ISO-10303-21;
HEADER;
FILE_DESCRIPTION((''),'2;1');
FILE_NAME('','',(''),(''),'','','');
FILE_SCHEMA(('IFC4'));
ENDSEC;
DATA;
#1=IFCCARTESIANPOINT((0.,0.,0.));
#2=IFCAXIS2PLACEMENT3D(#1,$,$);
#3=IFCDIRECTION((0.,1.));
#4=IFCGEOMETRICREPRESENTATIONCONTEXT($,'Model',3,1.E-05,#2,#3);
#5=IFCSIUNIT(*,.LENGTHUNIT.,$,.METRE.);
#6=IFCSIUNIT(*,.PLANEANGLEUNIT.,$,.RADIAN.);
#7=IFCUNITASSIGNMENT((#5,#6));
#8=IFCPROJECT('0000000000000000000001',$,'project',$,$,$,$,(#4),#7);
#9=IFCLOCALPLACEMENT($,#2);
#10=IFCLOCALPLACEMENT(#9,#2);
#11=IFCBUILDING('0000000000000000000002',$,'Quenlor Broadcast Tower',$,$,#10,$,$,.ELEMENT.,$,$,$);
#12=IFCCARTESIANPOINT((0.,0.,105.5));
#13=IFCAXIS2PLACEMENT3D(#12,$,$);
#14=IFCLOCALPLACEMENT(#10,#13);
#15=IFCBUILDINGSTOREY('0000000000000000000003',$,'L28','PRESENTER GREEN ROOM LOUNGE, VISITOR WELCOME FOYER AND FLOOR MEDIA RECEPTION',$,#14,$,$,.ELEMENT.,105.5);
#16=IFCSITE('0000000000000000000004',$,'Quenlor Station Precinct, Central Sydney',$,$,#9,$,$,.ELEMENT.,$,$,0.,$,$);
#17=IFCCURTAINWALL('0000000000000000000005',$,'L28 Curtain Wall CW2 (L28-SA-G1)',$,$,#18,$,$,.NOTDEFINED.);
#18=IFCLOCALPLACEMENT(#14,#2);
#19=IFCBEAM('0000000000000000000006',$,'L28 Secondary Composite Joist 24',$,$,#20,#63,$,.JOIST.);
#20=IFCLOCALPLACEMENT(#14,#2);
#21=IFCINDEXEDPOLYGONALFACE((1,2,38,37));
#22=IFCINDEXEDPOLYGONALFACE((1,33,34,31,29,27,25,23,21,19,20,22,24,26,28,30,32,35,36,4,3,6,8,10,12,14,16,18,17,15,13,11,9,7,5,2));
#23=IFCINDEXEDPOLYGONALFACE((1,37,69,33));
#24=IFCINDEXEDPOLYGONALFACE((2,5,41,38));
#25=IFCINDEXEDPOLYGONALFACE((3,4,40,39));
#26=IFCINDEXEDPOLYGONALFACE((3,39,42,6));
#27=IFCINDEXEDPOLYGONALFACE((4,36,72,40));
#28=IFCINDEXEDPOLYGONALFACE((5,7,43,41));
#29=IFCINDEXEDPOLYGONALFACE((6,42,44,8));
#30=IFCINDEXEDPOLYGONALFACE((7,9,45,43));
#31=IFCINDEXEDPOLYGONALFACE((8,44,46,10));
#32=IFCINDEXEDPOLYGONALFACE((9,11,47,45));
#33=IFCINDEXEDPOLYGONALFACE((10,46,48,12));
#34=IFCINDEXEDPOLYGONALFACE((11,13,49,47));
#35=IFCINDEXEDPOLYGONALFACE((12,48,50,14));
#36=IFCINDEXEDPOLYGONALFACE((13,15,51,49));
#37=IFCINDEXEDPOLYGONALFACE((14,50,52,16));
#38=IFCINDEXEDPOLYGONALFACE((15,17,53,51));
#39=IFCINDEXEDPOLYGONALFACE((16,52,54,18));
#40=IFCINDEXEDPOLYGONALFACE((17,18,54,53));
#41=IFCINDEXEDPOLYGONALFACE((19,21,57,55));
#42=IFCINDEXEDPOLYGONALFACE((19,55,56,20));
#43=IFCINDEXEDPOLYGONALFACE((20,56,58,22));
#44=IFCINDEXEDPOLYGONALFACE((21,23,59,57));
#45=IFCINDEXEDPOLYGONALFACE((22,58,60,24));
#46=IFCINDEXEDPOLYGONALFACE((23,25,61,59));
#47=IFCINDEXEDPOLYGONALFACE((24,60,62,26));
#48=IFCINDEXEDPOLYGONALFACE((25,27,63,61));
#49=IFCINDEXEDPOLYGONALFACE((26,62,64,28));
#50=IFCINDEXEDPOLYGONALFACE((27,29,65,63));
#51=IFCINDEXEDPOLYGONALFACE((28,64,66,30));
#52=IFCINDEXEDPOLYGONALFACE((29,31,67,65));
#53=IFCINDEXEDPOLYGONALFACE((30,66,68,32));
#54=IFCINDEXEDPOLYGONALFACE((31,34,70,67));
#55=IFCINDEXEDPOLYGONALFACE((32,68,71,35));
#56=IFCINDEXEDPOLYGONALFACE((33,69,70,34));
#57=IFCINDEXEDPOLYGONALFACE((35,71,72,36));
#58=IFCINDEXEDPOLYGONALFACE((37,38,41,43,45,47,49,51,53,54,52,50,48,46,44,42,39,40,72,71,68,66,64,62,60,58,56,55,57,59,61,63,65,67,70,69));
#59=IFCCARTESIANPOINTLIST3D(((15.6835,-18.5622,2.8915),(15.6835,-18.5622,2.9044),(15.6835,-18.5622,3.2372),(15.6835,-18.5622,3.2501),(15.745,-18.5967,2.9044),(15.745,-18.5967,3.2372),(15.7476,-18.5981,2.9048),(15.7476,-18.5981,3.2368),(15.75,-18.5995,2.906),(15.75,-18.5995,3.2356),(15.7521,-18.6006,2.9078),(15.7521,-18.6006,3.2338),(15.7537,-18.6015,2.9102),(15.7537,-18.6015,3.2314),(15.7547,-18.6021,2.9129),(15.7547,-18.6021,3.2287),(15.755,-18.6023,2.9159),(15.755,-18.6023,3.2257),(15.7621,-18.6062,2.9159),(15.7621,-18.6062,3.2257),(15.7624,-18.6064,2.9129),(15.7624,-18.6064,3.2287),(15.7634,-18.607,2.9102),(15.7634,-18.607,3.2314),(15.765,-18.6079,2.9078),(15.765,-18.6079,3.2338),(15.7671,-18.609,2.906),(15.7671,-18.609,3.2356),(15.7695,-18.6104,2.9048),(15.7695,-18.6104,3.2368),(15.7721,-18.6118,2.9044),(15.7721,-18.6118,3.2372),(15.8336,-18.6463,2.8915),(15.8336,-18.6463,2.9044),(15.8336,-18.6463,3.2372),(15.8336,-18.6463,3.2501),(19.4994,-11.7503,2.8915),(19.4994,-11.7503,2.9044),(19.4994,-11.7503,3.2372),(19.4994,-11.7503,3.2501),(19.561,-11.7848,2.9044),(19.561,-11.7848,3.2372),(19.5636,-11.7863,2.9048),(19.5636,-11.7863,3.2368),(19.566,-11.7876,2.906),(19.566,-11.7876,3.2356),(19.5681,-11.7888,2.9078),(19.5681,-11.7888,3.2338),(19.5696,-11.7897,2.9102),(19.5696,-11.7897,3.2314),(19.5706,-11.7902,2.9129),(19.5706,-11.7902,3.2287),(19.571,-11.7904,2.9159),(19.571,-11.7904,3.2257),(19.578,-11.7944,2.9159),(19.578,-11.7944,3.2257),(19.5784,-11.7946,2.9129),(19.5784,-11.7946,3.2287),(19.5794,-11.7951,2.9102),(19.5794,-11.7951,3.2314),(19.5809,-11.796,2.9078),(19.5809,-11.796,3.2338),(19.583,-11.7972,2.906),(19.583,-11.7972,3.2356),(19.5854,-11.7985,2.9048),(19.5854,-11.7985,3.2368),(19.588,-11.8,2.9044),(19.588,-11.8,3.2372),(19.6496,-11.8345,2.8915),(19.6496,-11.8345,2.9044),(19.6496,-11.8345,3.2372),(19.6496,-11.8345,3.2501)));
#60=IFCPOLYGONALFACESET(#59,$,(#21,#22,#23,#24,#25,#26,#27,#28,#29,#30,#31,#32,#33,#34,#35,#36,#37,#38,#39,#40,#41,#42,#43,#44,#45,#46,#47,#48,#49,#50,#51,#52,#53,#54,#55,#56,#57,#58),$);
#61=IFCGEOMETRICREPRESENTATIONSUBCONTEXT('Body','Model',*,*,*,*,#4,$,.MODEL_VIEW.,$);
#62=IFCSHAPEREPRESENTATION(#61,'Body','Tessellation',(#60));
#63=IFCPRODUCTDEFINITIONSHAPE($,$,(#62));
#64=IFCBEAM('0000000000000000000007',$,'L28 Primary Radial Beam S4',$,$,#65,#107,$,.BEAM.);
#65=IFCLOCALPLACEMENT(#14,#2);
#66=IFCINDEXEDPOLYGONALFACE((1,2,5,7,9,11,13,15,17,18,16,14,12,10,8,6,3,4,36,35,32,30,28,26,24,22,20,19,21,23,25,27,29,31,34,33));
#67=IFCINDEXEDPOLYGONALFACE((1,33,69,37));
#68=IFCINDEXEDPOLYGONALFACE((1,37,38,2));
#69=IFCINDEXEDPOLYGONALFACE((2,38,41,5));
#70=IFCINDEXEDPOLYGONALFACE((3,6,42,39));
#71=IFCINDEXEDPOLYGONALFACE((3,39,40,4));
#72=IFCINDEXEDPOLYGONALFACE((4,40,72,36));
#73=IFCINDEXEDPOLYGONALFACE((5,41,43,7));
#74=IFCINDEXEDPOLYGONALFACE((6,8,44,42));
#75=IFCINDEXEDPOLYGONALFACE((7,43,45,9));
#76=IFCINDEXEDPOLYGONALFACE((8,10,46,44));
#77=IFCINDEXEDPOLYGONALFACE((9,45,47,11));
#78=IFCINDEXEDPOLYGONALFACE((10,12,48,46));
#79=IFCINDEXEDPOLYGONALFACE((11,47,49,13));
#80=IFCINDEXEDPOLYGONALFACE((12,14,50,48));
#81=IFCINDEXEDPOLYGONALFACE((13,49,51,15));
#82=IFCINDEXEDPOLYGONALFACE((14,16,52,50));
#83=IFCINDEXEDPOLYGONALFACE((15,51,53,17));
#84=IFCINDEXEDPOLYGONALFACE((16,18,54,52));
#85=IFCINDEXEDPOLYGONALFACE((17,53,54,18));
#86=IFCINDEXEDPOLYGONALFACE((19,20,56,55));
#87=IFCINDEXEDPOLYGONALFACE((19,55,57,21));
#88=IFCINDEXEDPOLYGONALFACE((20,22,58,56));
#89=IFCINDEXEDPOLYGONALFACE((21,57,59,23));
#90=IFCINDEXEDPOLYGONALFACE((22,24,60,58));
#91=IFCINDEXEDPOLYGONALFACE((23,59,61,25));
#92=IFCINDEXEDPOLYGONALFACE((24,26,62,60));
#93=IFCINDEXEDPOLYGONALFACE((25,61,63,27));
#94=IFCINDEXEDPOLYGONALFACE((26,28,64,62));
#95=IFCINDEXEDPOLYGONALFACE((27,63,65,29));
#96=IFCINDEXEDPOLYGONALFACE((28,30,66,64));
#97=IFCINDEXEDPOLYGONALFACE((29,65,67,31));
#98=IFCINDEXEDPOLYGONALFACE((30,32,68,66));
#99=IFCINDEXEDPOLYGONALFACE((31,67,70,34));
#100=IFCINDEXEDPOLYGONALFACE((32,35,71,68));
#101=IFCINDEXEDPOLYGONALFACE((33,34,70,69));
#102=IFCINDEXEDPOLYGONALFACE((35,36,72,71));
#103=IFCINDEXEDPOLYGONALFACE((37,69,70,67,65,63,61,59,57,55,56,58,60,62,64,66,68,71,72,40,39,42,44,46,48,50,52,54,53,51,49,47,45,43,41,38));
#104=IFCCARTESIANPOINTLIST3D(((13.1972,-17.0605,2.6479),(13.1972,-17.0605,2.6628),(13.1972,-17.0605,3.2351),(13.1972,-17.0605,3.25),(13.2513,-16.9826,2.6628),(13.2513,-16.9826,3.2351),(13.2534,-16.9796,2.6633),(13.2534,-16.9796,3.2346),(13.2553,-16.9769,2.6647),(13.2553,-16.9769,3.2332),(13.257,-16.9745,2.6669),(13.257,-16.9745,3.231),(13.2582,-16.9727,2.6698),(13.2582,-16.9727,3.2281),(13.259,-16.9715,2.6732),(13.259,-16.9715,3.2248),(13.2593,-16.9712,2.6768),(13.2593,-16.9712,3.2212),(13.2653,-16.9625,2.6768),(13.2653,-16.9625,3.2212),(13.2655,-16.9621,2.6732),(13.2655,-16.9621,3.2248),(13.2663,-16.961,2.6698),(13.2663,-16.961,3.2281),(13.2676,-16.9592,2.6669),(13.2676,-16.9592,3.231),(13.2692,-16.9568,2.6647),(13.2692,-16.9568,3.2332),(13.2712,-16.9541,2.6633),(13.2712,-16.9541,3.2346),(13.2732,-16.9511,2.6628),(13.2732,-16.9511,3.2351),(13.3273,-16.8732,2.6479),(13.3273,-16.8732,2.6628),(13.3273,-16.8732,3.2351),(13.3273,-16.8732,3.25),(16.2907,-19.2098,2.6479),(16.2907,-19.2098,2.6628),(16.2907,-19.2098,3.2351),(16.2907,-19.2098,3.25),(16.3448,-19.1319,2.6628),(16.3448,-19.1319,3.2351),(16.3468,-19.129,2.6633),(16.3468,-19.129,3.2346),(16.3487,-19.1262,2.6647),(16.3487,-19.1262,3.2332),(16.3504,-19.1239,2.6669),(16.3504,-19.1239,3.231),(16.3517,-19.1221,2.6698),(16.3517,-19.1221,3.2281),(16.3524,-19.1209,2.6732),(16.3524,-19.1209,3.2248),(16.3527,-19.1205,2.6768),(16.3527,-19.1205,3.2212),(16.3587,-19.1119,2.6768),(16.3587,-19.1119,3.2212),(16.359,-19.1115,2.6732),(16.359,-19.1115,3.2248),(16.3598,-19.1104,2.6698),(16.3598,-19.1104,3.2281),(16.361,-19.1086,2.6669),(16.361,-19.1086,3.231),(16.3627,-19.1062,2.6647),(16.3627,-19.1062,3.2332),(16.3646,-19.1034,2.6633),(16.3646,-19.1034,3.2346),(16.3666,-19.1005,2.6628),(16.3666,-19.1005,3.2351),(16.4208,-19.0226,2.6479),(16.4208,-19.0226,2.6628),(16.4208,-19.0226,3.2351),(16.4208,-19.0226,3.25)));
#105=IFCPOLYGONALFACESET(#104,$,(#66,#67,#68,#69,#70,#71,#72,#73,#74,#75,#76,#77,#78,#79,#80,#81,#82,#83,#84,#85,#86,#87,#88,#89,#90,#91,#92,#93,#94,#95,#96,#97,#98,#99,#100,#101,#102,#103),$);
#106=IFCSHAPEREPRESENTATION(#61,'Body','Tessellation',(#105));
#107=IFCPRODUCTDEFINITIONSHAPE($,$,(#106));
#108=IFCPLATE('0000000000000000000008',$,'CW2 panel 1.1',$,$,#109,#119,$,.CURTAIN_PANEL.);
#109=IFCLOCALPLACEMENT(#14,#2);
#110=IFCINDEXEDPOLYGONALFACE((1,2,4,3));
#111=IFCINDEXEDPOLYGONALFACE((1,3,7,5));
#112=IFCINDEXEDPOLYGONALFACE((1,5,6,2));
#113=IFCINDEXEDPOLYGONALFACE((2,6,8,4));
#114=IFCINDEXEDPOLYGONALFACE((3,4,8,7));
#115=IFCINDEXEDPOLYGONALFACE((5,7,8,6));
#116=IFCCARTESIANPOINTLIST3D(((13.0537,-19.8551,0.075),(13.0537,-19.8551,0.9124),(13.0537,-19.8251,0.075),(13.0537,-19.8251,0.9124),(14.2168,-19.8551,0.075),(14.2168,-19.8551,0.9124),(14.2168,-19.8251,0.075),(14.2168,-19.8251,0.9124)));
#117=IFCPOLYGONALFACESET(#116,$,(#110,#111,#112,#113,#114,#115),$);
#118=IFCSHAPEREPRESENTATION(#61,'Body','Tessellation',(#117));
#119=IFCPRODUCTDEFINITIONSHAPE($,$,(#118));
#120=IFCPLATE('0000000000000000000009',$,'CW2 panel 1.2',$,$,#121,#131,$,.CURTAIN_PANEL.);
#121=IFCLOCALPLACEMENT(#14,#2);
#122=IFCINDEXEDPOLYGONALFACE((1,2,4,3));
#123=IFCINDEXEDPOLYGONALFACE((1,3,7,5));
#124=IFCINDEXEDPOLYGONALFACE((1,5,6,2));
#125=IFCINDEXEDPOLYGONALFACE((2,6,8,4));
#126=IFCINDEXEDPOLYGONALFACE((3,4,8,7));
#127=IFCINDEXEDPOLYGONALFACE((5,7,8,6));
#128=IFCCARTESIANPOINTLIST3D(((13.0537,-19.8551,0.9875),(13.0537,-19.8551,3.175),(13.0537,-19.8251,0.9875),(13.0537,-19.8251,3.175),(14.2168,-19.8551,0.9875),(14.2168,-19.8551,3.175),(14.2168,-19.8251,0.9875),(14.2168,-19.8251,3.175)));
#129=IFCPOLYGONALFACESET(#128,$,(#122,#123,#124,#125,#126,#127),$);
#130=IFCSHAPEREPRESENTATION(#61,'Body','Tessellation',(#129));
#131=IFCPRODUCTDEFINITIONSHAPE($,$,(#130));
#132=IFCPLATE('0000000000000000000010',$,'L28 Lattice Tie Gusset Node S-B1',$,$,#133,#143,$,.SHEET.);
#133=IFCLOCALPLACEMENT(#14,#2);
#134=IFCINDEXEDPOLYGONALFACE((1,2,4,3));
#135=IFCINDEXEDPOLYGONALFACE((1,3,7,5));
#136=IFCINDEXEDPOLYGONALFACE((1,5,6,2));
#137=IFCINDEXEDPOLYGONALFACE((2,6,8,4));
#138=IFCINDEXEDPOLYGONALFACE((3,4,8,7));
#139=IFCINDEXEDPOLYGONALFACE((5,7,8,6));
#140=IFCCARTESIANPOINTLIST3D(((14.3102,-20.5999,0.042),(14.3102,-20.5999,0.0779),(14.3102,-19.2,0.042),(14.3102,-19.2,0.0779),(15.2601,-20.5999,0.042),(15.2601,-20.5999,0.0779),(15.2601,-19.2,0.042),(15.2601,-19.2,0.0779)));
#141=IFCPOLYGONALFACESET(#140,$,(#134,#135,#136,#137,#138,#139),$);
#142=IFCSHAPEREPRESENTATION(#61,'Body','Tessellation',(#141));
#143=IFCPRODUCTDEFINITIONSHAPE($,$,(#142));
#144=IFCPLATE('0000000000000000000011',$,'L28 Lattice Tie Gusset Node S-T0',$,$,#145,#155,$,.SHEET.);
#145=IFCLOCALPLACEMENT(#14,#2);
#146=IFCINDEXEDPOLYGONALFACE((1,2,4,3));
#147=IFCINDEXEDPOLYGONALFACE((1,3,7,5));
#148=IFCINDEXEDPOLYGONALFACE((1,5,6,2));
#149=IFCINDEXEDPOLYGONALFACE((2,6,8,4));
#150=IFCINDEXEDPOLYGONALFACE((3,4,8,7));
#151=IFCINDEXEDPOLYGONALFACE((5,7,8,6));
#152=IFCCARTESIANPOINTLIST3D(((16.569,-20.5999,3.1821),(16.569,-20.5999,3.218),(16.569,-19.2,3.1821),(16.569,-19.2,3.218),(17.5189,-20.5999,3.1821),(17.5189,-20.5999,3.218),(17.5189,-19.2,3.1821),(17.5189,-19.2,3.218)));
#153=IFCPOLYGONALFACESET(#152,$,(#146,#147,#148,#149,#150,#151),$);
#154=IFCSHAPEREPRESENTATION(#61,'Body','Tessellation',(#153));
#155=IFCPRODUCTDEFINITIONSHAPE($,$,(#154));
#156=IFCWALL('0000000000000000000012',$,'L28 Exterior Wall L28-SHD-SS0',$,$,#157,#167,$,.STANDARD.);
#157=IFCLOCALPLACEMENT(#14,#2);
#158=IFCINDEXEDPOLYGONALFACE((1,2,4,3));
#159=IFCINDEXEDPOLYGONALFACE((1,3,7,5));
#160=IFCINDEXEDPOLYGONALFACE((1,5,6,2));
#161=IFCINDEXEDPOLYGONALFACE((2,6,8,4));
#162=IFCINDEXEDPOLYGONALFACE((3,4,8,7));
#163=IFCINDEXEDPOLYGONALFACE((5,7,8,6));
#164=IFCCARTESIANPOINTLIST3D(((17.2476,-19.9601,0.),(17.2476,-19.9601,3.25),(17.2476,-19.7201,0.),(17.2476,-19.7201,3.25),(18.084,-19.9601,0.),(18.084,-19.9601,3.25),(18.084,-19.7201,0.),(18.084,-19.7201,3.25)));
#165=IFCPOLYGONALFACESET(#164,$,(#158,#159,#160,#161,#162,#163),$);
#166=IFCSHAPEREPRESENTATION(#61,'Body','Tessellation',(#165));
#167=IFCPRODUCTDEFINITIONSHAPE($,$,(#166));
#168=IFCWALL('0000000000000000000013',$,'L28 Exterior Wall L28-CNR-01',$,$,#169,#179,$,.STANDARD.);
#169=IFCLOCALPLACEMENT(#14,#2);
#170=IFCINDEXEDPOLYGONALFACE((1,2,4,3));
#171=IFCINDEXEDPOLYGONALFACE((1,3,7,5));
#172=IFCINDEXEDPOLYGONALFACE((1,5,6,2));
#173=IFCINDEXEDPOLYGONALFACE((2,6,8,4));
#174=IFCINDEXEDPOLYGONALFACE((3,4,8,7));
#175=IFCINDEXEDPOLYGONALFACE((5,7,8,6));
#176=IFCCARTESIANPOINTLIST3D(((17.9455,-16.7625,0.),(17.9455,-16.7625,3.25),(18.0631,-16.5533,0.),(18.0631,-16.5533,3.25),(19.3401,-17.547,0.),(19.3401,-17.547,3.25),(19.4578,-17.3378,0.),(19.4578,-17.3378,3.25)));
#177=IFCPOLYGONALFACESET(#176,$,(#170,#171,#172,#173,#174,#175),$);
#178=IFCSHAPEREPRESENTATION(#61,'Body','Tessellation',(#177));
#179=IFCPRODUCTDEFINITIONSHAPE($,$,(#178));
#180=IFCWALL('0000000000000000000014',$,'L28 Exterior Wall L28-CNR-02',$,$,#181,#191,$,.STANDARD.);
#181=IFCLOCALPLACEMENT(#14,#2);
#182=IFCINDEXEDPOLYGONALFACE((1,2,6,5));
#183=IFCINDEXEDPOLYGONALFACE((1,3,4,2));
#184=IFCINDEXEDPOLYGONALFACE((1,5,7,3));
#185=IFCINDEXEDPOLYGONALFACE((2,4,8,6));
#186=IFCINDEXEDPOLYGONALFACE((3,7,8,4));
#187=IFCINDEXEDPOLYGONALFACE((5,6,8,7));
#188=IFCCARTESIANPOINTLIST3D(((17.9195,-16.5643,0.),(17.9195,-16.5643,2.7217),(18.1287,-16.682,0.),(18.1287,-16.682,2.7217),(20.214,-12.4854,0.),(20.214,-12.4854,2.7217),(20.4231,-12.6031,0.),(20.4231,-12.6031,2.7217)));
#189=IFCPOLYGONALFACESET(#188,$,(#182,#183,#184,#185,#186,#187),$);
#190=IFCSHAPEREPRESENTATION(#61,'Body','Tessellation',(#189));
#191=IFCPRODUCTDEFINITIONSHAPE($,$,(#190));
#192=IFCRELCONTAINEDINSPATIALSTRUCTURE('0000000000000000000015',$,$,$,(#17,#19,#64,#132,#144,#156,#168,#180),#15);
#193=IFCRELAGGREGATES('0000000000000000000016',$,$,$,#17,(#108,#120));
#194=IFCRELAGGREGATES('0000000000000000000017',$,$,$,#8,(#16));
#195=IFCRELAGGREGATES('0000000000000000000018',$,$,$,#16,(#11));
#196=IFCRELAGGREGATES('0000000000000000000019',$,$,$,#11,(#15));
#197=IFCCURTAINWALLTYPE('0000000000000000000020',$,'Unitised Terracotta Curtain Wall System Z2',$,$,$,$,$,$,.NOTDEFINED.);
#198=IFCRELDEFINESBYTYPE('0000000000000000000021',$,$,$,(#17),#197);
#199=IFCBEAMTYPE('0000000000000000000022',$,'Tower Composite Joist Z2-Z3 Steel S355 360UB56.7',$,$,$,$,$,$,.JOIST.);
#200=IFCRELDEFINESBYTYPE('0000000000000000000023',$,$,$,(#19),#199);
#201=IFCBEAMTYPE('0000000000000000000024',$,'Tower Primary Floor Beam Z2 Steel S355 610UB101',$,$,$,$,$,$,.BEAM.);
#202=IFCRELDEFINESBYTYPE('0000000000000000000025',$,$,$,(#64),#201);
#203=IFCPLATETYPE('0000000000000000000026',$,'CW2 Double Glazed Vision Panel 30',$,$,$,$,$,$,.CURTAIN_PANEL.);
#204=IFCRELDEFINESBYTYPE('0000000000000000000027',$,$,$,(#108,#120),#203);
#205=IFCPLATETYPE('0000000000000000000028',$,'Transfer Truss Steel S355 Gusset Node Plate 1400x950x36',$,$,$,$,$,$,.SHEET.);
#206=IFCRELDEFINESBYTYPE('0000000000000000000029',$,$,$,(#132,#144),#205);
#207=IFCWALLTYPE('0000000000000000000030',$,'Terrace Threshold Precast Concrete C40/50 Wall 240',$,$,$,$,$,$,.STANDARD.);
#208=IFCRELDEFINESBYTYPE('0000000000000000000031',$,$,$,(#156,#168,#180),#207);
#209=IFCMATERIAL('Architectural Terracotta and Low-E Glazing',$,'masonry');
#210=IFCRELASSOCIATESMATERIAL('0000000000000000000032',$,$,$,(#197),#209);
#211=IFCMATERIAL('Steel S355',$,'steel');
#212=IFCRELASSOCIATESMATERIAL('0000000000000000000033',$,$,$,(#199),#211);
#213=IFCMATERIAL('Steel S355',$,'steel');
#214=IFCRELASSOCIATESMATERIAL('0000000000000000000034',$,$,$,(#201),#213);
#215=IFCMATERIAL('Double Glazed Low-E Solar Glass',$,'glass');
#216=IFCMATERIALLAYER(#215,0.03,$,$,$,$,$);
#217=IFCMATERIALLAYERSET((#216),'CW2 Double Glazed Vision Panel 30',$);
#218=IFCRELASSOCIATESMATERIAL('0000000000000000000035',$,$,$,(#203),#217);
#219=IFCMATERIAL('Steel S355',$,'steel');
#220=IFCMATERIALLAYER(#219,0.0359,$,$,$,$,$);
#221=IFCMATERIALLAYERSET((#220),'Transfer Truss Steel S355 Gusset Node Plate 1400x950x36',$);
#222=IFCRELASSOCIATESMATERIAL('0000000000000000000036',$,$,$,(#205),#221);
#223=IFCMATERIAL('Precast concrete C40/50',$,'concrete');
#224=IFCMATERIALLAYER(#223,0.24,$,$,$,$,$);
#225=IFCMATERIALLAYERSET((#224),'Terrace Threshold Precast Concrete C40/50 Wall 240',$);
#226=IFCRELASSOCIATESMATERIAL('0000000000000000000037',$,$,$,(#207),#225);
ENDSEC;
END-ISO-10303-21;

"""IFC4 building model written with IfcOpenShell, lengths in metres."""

from ifc_helpers import new_model, si_unit, direction, frame, frame_2d, origin, origin_2d, place, context, subcontext, project, spatial, rectangle, i_section, extrude, material, layer, layer_set, material_profile, profile_set, type_object, element, aggregate, save


model = new_model("IFC4")

# Units and contexts
model_context = context("Model", 3, precision=1e-05, world=origin(), true_north=direction((0.0, 1.0)))
body_context = subcontext(model_context, "Body", "Model", "MODEL_VIEW")
ifc_project = project(units=[si_unit("LENGTHUNIT", "METRE"), si_unit("PLANEANGLEUNIT", "RADIAN")], contexts=[model_context])

# Site, building, storey
site_placement = place(None, origin())
site = spatial("IfcSite", under=ifc_project, at=site_placement, Name="Quenlor Station Precinct, Central Sydney", CompositionType="ELEMENT", RefElevation=0.0)
building_placement = place(site_placement, origin())
building = spatial("IfcBuilding", under=site, at=building_placement, Name="Quenlor Broadcast Tower", CompositionType="ELEMENT")
storey_placement = place(building_placement, frame((0.0, 0.0, 105.5)))
storey = spatial("IfcBuildingStorey", under=building, at=storey_placement, Name="L28", Description="PRESENTER GREEN ROOM LOUNGE, VISITOR WELCOME FOYER AND FLOOR MEDIA RECEPTION", CompositionType="ELEMENT", Elevation=105.5)

# Curtain wall
ifc_material_1 = material(Name="Architectural Terracotta and Low-E Glazing", Category="masonry")
curtain_wall_type = type_object("IfcCurtainWallType", Name="Unitised Terracotta Curtain Wall System Z2", PredefinedType="NOTDEFINED", material=ifc_material_1)
curtain_wall_placement = place(storey_placement, origin())
curtain_wall = element("IfcCurtainWall", 1, at=curtain_wall_placement, inside=storey, type_object=curtain_wall_type, Name="L28 Curtain Wall CW2 (L28-SA-G1)", PredefinedType="NOTDEFINED")

# Beams
ifc_material_2 = material(Name="Steel S355", Category="steel")
ifc_material_profile_1 = material_profile(ifc_material_2, i_section(OverallWidth=0.1721, OverallDepth=0.3586, WebThickness=0.0081, FlangeThickness=0.0129, FilletRadius=0.0115, at=origin_2d()))
ifc_profile_set_1 = profile_set([ifc_material_profile_1], Name="Steel S355 360UB56.7")
beam_type_1 = type_object("IfcBeamType", Name="Tower Composite Joist Z2-Z3 Steel S355 360UB56.7", PredefinedType="JOIST", material=ifc_profile_set_1)
beam_1_placement = place(storey_placement, frame((15.7585, -18.6042, 3.0708), z_axis=(0.488733, 0.872433, 0.0), x_axis=(-0.872433, 0.488733, 0.0)))
element("IfcBeam", 2, at=beam_1_placement, inside=storey, type_object=beam_type_1, Name="L28 Secondary Composite Joist 24", PredefinedType="JOIST", context=body_context, shape_type="SweptSolid", body=[
    extrude(i_section(OverallWidth=0.1721, OverallDepth=0.3586, WebThickness=0.0081, FlangeThickness=0.0129, FilletRadius=0.0115, at=origin_2d()), origin(), (0.0, 0.0, 1.0), 7.8079),
])
ifc_material_3 = material(Name="Steel S355", Category="steel")
ifc_material_profile_2 = material_profile(ifc_material_3, i_section(OverallWidth=0.228, OverallDepth=0.6021, WebThickness=0.0105, FlangeThickness=0.0149, FilletRadius=0.0139, at=origin_2d()))
ifc_profile_set_2 = profile_set([ifc_material_profile_2], Name="Steel S355 610UB101")
beam_type_2 = type_object("IfcBeamType", Name="Tower Primary Floor Beam Z2 Steel S355 610UB101", PredefinedType="BEAM", material=ifc_profile_set_2)
beam_2_placement = place(storey_placement, frame((16.3557, -19.1162, 2.949), z_axis=(-0.821227, 0.570601, 0.0), x_axis=(-0.570601, -0.821227, 0.0)))
element("IfcBeam", 3, at=beam_2_placement, inside=storey, type_object=beam_type_2, Name="L28 Primary Radial Beam S4", PredefinedType="BEAM", context=body_context, shape_type="SweptSolid", body=[
    extrude(i_section(OverallWidth=0.228, OverallDepth=0.6021, WebThickness=0.0105, FlangeThickness=0.0149, FilletRadius=0.0139, at=origin_2d()), origin(), (0.0, 0.0, 1.0), 3.7668),
])

# Plates
ifc_material_4 = material(Name="Double Glazed Low-E Solar Glass", Category="glass")
ifc_layer_1 = layer(ifc_material_4, 0.03)
ifc_layer_set_1 = layer_set([ifc_layer_1], Name="CW2 Double Glazed Vision Panel 30")
plate_type_1 = type_object("IfcPlateType", Name="CW2 Double Glazed Vision Panel 30", PredefinedType="CURTAIN_PANEL", material=ifc_layer_set_1)
plate_1_placement = place(storey_placement, frame((13.6353, -19.8401, 0.075), z_axis=(0.0, 0.0, 1.0), x_axis=(-1.0, 0.0, 0.0)))
plate_1 = element("IfcPlate", 4, at=plate_1_placement, type_object=plate_type_1, Name="CW2 panel 1.1", PredefinedType="CURTAIN_PANEL", context=body_context, shape_type="SweptSolid", body=[
    extrude(rectangle(XDim=1.1631, YDim=0.03, at=origin_2d()), origin(), (0.0, 0.0, 1.0), 0.8374),
])
plate_2_placement = place(storey_placement, frame((13.6353, -19.8401, 0.9875), z_axis=(0.0, 0.0, 1.0), x_axis=(-1.0, 0.0, 0.0)))
plate_2 = element("IfcPlate", 5, at=plate_2_placement, type_object=plate_type_1, Name="CW2 panel 1.2", PredefinedType="CURTAIN_PANEL", context=body_context, shape_type="SweptSolid", body=[
    extrude(rectangle(XDim=1.1631, YDim=0.03, at=origin_2d()), origin(), (0.0, 0.0, 1.0), 2.1875),
])
aggregate(curtain_wall, [plate_1, plate_2])

# Plates
ifc_material_5 = material(Name="Steel S355", Category="steel")
ifc_layer_2 = layer(ifc_material_5, 0.0359)
ifc_layer_set_2 = layer_set([ifc_layer_2], Name="Transfer Truss Steel S355 Gusset Node Plate 1400x950x36")
plate_type_2 = type_object("IfcPlateType", Name="Transfer Truss Steel S355 Gusset Node Plate 1400x950x36", PredefinedType="SHEET", material=ifc_layer_set_2)
for number, where, z_axis, x_axis, name in (
    (6, (14.7852, -19.8999, 0.042), (0.0, 0.0, 1.0), (0.0, -1.0, 0.0), "L28 Lattice Tie Gusset Node S-B1"),
    (7, (17.0439, -19.8999, 3.1821), (0.0, 0.0, 1.0), (0.0, -1.0, 0.0), "L28 Lattice Tie Gusset Node S-T0"),
):
    element("IfcPlate", number, at=place(storey_placement, frame(where, z_axis=z_axis, x_axis=x_axis)), inside=storey, type_object=plate_type_2, Name=name, PredefinedType="SHEET", context=body_context, shape_type="SweptSolid", body=[
        extrude(rectangle(XDim=1.3999, YDim=0.95, at=origin_2d()), origin(), (0.0, 0.0, 1.0), 0.0359),
    ])

# Walls
ifc_material_6 = material(Name="Precast concrete C40/50", Category="concrete")
ifc_layer_3 = layer(ifc_material_6, 0.24)
ifc_layer_set_3 = layer_set([ifc_layer_3], Name="Terrace Threshold Precast Concrete C40/50 Wall 240")
wall_type_1 = type_object("IfcWallType", Name="Terrace Threshold Precast Concrete C40/50 Wall 240", PredefinedType="STANDARD", material=ifc_layer_set_3)
wall_1_placement = place(storey_placement, frame((18.084, -19.8401, 0.0), z_axis=(0.0, 0.0, 1.0), x_axis=(-1.0, 0.0, 0.0)))
element("IfcWall", 8, at=wall_1_placement, inside=storey, type_object=wall_type_1, Name="L28 Exterior Wall L28-SHD-SS0", PredefinedType="STANDARD", context=body_context, shape_type="SweptSolid", body=[
    extrude(rectangle(XDim=0.8364, YDim=0.24, at=frame_2d((0.4182, 0.0))), origin(), (0.0, 0.0, 1.0), 3.25),
])
wall_2_placement = place(storey_placement, frame((19.3989, -17.4424, 0.0), z_axis=(0.0, 0.0, 1.0), x_axis=(-0.871576, 0.490261, 0.0)))
element("IfcWall", 9, at=wall_2_placement, inside=storey, type_object=wall_type_1, Name="L28 Exterior Wall L28-CNR-01", PredefinedType="STANDARD", context=body_context, shape_type="SweptSolid", body=[
    extrude(rectangle(XDim=1.6001, YDim=0.24, at=frame_2d((0.8, 0.0))), origin(), (0.0, 0.0, 1.0), 3.25),
])
wall_3_placement = place(storey_placement, frame((18.0242, -16.623, 0.0), z_axis=(0.0, 0.0, 1.0), x_axis=(0.490274, 0.871569, 0.0)))
element("IfcWall", 10, at=wall_3_placement, inside=storey, type_object=wall_type_1, Name="L28 Exterior Wall L28-CNR-02", PredefinedType="STANDARD", context=body_context, shape_type="SweptSolid", body=[
    extrude(rectangle(XDim=4.6799, YDim=0.24, at=frame_2d((2.3398, 0.0))), origin(), (0.0, 0.0, 1.0), 2.7217),
])

save(model, "model.ifc")
